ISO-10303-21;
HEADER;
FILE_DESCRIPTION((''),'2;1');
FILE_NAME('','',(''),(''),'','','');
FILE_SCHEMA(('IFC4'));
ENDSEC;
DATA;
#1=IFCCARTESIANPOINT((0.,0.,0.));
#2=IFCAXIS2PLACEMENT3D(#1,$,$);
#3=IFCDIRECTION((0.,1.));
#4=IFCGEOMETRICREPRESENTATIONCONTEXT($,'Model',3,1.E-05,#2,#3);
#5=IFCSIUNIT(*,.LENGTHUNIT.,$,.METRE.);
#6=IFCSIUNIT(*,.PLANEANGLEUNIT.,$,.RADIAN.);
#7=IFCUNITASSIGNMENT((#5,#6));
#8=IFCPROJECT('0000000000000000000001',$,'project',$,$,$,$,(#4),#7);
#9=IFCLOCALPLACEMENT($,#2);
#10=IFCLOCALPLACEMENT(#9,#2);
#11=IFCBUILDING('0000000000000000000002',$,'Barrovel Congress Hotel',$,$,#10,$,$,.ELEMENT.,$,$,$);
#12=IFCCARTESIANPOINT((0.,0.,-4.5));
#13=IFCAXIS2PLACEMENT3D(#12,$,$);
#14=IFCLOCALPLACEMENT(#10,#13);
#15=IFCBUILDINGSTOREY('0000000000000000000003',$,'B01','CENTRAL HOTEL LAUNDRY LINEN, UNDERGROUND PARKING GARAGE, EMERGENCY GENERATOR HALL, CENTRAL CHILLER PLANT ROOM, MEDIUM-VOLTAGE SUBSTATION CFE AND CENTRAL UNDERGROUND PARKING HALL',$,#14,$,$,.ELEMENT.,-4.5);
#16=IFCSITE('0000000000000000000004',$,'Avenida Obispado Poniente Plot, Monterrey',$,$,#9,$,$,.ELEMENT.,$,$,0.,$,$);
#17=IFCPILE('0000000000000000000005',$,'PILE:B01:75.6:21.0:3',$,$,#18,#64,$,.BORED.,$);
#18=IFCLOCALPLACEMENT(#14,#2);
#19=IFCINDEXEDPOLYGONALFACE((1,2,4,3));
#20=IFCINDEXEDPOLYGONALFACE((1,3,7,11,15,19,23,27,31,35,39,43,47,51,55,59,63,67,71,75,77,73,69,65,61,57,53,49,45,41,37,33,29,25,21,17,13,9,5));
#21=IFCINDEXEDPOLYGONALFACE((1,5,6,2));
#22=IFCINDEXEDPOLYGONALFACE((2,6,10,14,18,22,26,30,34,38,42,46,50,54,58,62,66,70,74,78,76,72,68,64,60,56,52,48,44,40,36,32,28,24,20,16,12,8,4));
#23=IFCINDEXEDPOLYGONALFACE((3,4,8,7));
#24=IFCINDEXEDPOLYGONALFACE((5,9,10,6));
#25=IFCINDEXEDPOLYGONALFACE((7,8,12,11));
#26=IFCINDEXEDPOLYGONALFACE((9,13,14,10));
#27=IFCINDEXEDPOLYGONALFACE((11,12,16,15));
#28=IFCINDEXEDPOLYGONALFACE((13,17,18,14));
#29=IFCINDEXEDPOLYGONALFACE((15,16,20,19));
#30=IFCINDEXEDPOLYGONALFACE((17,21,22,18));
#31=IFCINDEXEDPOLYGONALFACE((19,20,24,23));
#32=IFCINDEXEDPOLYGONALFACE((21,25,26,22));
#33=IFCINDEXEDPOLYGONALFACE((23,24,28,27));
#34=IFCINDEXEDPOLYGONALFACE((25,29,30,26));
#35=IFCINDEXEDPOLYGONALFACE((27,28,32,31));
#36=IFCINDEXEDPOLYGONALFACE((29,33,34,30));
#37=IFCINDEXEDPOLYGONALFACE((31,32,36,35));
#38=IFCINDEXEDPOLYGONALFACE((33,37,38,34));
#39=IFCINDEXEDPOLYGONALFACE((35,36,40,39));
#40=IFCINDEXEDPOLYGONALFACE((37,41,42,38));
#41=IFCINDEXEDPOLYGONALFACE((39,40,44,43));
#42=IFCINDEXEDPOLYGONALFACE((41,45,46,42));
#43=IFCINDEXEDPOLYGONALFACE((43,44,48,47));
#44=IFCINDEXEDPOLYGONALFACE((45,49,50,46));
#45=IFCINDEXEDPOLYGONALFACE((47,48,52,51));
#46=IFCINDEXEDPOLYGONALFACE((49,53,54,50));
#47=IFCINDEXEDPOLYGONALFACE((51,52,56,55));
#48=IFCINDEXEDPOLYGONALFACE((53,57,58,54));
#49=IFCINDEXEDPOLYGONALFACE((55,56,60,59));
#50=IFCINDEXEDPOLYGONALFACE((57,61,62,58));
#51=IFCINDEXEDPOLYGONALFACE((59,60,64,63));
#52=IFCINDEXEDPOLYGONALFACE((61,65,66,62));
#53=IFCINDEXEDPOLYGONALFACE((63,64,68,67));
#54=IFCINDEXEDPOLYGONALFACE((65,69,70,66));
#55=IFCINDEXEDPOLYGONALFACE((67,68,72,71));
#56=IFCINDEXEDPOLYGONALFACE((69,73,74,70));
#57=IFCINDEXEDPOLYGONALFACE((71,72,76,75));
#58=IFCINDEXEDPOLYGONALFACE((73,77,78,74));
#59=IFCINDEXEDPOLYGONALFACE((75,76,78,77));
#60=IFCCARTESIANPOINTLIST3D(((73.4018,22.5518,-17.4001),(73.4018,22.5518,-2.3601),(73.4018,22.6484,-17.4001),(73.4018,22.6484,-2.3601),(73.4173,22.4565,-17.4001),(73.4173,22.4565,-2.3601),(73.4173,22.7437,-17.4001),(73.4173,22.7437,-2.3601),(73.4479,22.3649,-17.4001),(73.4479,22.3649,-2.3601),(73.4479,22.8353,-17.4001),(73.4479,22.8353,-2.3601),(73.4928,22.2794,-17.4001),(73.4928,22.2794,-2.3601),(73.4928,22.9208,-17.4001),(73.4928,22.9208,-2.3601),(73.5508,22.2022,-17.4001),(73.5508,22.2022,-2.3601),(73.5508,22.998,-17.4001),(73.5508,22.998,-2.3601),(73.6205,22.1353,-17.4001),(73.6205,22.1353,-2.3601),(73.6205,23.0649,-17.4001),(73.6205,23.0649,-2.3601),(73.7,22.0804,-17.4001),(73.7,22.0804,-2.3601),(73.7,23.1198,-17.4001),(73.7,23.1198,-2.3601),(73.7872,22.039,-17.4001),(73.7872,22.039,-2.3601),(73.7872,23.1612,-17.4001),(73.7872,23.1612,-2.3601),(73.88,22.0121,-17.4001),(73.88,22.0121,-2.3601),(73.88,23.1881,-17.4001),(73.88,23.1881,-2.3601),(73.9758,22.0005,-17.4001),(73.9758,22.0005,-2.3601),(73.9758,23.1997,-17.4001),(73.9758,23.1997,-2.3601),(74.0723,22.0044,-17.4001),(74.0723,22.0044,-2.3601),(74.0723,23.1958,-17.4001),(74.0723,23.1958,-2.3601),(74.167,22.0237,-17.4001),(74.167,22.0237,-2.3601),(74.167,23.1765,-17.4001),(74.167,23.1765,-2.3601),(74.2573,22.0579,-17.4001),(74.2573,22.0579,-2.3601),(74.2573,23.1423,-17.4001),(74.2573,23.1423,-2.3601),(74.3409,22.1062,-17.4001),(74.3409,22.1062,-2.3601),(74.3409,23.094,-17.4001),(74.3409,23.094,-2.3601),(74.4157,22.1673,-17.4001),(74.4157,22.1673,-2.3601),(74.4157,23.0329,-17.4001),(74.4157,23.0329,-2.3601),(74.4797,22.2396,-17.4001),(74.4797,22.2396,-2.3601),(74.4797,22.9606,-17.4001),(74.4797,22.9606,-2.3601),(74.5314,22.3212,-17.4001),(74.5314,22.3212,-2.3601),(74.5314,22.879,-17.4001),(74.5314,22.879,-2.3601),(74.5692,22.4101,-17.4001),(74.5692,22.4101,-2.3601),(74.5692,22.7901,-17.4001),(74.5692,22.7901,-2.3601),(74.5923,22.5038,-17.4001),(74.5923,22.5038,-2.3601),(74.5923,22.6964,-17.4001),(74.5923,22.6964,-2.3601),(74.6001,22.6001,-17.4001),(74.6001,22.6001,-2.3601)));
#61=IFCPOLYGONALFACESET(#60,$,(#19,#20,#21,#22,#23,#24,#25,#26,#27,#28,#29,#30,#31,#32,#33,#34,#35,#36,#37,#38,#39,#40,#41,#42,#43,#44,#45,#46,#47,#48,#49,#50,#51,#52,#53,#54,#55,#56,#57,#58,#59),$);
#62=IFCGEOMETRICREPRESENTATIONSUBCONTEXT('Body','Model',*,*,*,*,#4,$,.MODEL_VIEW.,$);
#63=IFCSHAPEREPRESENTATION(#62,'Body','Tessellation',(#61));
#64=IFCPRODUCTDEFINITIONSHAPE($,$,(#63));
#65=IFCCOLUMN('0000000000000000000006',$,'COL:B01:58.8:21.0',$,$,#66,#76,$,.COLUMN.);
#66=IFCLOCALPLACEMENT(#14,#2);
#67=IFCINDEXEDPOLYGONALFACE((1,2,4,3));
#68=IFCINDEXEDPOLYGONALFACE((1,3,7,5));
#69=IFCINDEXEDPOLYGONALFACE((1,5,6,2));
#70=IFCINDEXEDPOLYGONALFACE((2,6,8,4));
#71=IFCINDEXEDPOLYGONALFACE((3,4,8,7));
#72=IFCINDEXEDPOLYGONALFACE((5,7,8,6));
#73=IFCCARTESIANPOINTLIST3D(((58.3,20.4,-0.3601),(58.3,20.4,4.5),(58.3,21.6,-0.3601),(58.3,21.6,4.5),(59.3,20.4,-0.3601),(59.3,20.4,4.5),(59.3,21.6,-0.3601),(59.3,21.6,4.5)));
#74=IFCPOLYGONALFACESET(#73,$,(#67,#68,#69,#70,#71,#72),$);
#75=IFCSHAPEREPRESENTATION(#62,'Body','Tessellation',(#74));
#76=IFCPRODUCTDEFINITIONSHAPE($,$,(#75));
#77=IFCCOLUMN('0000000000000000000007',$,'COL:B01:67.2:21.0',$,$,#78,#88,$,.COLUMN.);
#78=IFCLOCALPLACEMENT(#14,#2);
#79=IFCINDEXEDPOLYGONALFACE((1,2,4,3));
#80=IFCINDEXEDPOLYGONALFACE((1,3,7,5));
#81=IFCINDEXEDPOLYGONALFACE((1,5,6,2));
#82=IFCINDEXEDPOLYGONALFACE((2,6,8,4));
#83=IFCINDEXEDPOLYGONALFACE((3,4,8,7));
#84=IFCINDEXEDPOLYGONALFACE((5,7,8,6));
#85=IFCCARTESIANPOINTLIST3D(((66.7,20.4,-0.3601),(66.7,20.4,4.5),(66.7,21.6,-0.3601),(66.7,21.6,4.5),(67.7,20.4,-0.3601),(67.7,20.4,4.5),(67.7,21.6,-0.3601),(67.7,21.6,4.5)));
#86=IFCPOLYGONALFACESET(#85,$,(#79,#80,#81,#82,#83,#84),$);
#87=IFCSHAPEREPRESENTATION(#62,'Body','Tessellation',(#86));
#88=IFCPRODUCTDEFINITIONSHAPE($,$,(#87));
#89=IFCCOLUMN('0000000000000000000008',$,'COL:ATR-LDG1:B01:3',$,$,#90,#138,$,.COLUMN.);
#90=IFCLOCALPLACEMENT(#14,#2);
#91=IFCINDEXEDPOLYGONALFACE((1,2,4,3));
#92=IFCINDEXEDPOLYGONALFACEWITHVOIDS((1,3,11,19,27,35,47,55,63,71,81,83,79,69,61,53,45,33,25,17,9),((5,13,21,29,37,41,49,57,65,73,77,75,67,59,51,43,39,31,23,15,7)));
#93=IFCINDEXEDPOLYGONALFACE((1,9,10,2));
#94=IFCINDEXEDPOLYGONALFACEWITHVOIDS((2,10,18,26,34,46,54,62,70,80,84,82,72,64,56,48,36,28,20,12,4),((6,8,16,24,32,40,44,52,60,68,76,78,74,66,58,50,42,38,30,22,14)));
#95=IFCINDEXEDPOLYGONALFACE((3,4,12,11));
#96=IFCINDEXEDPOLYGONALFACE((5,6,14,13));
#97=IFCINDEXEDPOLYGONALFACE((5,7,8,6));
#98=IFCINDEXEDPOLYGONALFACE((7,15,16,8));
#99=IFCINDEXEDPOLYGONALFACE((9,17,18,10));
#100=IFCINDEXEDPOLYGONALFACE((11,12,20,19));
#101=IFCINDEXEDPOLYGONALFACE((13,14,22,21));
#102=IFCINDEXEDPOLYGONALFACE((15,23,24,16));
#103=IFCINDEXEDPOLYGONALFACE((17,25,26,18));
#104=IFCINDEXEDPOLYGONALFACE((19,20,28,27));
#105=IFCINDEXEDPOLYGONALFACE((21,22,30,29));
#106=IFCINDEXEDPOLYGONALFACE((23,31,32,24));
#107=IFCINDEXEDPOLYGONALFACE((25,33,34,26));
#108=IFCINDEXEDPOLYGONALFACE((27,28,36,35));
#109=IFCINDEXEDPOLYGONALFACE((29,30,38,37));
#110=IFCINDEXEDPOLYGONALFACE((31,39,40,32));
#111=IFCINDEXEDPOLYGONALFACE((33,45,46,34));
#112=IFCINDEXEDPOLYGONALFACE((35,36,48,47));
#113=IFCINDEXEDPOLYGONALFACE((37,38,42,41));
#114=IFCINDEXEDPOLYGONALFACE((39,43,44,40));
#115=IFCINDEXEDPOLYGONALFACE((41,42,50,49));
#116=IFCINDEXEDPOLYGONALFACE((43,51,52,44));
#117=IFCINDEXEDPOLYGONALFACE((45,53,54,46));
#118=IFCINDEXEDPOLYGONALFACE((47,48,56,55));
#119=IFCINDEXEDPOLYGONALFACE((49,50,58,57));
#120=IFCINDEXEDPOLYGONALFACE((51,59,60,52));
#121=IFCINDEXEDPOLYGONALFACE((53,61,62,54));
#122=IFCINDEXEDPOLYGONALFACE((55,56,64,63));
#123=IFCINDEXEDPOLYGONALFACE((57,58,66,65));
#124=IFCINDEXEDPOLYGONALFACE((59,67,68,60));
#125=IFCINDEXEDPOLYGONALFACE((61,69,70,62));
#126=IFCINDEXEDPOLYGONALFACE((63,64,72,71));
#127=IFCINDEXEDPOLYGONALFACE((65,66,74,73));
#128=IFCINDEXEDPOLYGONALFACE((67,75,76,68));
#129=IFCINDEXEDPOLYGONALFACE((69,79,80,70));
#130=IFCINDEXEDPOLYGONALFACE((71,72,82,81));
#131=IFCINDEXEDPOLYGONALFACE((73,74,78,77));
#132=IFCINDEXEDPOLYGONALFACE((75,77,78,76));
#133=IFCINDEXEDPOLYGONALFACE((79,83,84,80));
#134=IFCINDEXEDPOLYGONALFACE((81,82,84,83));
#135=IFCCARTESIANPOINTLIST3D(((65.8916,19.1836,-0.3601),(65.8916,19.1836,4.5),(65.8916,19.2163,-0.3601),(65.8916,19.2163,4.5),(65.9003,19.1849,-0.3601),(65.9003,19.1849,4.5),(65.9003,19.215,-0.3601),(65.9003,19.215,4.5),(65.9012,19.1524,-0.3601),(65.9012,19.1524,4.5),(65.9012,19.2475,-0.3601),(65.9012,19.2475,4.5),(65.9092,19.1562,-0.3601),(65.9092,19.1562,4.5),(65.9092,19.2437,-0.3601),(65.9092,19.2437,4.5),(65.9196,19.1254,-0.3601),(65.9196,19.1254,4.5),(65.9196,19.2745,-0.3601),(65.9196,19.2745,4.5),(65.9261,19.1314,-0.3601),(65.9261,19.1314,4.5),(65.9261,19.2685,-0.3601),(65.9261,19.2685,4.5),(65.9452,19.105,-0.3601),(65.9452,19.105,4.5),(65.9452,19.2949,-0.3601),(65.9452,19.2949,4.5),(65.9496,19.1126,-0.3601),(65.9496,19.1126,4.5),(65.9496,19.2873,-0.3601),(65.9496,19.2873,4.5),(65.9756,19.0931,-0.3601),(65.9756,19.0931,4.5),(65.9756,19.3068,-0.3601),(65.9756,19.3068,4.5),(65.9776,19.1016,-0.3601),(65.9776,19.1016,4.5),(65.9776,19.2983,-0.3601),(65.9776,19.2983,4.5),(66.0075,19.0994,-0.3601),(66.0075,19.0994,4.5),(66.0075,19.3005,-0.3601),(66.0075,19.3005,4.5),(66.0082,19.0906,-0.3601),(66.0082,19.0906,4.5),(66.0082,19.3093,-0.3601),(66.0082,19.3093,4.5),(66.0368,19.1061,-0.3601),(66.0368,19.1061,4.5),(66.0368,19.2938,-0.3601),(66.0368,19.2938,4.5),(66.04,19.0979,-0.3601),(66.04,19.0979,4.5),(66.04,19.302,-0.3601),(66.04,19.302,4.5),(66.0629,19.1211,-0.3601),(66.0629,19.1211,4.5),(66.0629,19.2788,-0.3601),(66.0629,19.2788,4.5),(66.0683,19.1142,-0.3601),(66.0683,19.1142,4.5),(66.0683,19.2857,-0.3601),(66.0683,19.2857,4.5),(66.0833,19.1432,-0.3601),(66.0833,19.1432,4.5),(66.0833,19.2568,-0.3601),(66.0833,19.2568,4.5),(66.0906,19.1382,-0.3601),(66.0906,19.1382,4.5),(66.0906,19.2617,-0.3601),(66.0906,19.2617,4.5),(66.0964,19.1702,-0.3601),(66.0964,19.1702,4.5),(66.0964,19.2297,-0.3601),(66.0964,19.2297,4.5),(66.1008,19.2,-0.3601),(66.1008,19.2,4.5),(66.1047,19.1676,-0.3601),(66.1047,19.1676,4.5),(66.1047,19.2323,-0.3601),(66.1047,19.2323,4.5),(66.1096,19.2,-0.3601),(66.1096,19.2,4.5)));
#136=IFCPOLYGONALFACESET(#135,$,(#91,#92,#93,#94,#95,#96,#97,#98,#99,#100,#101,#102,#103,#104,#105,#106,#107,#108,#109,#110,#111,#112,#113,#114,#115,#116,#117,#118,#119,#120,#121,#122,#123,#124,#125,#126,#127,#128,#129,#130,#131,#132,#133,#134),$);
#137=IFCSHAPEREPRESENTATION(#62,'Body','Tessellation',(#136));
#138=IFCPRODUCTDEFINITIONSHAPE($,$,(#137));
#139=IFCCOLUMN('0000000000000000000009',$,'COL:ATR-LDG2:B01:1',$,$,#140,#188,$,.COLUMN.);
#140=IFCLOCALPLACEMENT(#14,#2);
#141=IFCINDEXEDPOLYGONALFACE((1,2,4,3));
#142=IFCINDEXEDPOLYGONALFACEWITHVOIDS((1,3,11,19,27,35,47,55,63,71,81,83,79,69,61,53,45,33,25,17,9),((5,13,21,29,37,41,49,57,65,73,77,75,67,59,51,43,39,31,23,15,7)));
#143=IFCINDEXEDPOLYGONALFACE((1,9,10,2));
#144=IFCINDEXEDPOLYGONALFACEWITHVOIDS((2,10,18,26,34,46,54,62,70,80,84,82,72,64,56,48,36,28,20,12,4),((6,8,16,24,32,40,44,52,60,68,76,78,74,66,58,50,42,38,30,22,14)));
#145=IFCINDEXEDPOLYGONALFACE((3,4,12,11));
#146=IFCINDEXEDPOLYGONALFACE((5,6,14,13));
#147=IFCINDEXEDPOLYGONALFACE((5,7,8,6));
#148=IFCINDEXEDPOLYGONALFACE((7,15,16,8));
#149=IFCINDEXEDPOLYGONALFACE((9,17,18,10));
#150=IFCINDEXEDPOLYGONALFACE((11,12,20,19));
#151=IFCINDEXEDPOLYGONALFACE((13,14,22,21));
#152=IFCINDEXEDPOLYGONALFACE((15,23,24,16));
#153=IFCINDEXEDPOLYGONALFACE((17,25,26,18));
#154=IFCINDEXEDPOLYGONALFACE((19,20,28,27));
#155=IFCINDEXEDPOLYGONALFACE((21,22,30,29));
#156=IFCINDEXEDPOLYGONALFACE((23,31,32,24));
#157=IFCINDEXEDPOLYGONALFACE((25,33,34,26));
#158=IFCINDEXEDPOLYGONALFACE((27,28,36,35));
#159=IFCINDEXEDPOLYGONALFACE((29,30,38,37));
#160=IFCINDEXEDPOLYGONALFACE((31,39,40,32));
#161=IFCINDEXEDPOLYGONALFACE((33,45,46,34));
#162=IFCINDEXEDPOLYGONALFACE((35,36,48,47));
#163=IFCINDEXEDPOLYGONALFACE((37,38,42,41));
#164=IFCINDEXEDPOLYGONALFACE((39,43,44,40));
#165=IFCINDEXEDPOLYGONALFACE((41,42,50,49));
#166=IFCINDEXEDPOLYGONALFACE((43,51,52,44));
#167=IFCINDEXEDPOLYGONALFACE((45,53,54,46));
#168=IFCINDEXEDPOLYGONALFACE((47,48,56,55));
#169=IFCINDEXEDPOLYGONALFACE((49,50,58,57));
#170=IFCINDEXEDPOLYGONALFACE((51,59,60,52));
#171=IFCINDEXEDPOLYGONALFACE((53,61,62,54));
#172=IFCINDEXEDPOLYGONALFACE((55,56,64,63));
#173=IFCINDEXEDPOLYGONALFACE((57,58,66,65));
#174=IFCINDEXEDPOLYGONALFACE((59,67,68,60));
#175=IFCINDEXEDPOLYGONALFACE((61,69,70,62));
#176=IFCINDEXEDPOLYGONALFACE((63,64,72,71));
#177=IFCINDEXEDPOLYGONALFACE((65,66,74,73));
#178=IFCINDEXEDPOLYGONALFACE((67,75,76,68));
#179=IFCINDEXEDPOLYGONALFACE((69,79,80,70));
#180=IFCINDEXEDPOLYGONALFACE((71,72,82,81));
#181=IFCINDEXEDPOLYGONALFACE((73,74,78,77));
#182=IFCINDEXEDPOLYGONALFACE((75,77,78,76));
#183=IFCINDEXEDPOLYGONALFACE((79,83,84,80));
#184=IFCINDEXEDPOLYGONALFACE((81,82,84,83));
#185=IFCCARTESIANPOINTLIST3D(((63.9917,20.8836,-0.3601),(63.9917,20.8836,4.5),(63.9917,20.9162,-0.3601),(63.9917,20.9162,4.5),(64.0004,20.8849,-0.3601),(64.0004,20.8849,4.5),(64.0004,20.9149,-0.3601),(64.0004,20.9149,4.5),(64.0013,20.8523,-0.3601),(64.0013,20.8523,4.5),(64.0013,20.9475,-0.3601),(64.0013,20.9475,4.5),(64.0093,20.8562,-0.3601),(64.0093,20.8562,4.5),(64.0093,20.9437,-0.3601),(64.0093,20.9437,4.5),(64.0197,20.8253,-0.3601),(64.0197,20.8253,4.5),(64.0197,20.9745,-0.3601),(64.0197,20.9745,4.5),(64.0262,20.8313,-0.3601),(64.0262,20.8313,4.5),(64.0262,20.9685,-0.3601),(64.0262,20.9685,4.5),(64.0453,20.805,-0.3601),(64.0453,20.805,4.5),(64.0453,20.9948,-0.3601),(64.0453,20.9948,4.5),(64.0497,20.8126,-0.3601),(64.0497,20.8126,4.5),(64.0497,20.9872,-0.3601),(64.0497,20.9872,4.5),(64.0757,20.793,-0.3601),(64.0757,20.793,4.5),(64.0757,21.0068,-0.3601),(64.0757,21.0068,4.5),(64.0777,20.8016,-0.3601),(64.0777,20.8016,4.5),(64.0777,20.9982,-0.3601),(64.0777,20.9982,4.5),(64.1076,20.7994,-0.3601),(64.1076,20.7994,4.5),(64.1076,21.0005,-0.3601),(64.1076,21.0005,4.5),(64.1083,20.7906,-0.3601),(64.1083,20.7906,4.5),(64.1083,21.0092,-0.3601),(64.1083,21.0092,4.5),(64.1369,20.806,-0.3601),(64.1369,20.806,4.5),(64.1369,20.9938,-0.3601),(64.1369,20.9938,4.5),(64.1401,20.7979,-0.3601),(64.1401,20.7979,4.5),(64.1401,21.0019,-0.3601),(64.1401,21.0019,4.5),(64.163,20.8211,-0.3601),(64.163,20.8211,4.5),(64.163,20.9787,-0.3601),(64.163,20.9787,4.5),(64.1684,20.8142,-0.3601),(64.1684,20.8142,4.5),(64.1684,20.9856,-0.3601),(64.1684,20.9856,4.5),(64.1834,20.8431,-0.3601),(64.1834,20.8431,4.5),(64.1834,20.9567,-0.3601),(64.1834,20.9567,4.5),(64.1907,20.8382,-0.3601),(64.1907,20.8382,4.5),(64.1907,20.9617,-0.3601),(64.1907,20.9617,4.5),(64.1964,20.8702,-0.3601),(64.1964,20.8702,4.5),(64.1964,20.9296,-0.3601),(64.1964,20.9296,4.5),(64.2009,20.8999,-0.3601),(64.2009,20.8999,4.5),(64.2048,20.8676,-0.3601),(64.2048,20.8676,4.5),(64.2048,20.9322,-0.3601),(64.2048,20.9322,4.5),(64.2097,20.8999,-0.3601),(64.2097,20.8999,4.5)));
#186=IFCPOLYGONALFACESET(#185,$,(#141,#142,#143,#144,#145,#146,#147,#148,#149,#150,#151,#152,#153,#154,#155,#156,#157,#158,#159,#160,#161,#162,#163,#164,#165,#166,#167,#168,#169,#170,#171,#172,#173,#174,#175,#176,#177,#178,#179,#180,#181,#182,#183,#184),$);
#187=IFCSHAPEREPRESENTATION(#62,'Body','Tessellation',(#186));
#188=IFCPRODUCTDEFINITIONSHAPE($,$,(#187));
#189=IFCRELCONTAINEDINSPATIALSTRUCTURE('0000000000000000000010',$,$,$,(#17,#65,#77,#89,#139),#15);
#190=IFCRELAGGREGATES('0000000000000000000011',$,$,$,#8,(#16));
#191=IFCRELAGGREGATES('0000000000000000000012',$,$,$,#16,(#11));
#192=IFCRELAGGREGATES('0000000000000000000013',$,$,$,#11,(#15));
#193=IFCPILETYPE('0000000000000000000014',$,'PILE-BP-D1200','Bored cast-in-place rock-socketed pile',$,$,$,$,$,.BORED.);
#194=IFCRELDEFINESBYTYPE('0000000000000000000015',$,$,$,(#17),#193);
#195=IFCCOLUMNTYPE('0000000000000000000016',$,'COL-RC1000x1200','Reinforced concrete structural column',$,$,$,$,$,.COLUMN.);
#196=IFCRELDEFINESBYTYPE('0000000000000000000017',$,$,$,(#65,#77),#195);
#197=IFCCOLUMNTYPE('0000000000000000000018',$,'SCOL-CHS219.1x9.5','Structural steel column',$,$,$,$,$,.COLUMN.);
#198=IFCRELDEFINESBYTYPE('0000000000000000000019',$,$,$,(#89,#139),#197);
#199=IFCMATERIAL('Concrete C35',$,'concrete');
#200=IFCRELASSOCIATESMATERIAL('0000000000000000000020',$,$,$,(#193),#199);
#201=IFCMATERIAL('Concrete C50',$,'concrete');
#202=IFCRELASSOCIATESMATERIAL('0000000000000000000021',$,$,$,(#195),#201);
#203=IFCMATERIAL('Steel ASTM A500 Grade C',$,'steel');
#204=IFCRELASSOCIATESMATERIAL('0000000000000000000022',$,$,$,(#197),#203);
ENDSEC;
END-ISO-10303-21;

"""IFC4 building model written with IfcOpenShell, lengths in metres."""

from ifc_helpers import new_model, si_unit, direction, frame, origin, origin_2d, place, context, subcontext, project, spatial, rectangle, circle, hollow_circle, extrude, material, material_profile, profile_set, type_object, element, save


model = new_model("IFC4")

# Units and contexts
model_context = context("Model", 3, precision=1e-05, world=origin(), true_north=direction((0.0, 1.0)))
body_context = subcontext(model_context, "Body", "Model", "MODEL_VIEW")
ifc_project = project(units=[si_unit("LENGTHUNIT", "METRE"), si_unit("PLANEANGLEUNIT", "RADIAN")], contexts=[model_context])

# Site, building, storey
site_placement = place(None, origin())
site = spatial("IfcSite", under=ifc_project, at=site_placement, Name="Avenida Obispado Poniente Plot, Monterrey", CompositionType="ELEMENT", RefElevation=0.0)
building_placement = place(site_placement, origin())
building = spatial("IfcBuilding", under=site, at=building_placement, Name="Barrovel Congress Hotel", CompositionType="ELEMENT")
storey_placement = place(building_placement, frame((0.0, 0.0, -4.5)))
storey = spatial("IfcBuildingStorey", under=building, at=storey_placement, Name="B01", Description="CENTRAL HOTEL LAUNDRY LINEN, UNDERGROUND PARKING GARAGE, EMERGENCY GENERATOR HALL, CENTRAL CHILLER PLANT ROOM, MEDIUM-VOLTAGE SUBSTATION CFE AND CENTRAL UNDERGROUND PARKING HALL", CompositionType="ELEMENT", Elevation=-4.5)

# Pile
ifc_material_1 = material(Name="Concrete C35", Category="concrete")
ifc_material_profile_1 = material_profile(ifc_material_1, circle(Radius=0.6001, at=origin_2d()), Name="BP-D1200")
ifc_profile_set_1 = profile_set([ifc_material_profile_1], Name="Concrete C35")
pile_type = type_object("IfcPileType", Name="PILE-BP-D1200", Description="Bored cast-in-place rock-socketed pile", PredefinedType="BORED", material=ifc_profile_set_1)
for number, where, z_axis, x_axis, name in (
    (1, (74.0, 22.6001, -2.3601), (0.0, 0.0, -1.0), (1.0, 0.0, 0.0), "PILE:B01:75.6:21.0:3"),
):
    element("IfcPile", number, at=place(storey_placement, frame(where, z_axis=z_axis, x_axis=x_axis)), inside=storey, type_object=pile_type, Name=name, PredefinedType="BORED", context=body_context, shape_type="SweptSolid", body=[
        extrude(circle(Radius=0.6001, at=origin_2d()), origin(), (0.0, 0.0, 1.0), 15.04),
    ])

# Columns
ifc_material_2 = material(Name="Concrete C50", Category="concrete")
ifc_material_profile_2 = material_profile(ifc_material_2, rectangle(XDim=1.0, YDim=1.2, at=origin_2d()), Name="RC1000x1200")
ifc_profile_set_2 = profile_set([ifc_material_profile_2], Name="Concrete C50")
column_type_1 = type_object("IfcColumnType", Name="COL-RC1000x1200", Description="Reinforced concrete structural column", PredefinedType="COLUMN", material=ifc_profile_set_2)
for number, where, z_axis, x_axis, name in (
    (2, (58.8, 21.0, -0.3601), (0.0, 0.0, 1.0), (1.0, 0.0, 0.0), "COL:B01:58.8:21.0"),
    (3, (67.2, 21.0, -0.3601), (0.0, 0.0, 1.0), (1.0, 0.0, 0.0), "COL:B01:67.2:21.0"),
):
    element("IfcColumn", number, at=place(storey_placement, frame(where, z_axis=z_axis, x_axis=x_axis)), inside=storey, type_object=column_type_1, Name=name, PredefinedType="COLUMN", context=body_context, shape_type="SweptSolid", body=[
        extrude(rectangle(XDim=1.0, YDim=1.2, at=origin_2d()), origin(), (0.0, 0.0, 1.0), 4.8601),
    ])
ifc_material_3 = material(Name="Steel ASTM A500 Grade C", Category="steel")
ifc_material_profile_3 = material_profile(ifc_material_3, hollow_circle(Radius=0.1096, WallThickness=0.0088, at=origin_2d()), Name="CHS219.1x9.5")
ifc_profile_set_3 = profile_set([ifc_material_profile_3], Name="Steel ASTM A500 Grade C")
column_type_2 = type_object("IfcColumnType", Name="SCOL-CHS219.1x9.5", Description="Structural steel column", PredefinedType="COLUMN", material=ifc_profile_set_3)
for number, where, z_axis, x_axis, name in (
    (4, (66.0, 19.2, -0.3601), (0.0, 0.0, 1.0), (1.0, 0.0, 0.0), "COL:ATR-LDG1:B01:3"),
    (5, (64.1001, 20.8999, -0.3601), (0.0, 0.0, 1.0), (1.0, 0.0, 0.0), "COL:ATR-LDG2:B01:1"),
):
    element("IfcColumn", number, at=place(storey_placement, frame(where, z_axis=z_axis, x_axis=x_axis)), inside=storey, type_object=column_type_2, Name=name, PredefinedType="COLUMN", context=body_context, shape_type="SweptSolid", body=[
        extrude(hollow_circle(Radius=0.1096, WallThickness=0.0088, at=origin_2d()), origin(), (0.0, 0.0, 1.0), 4.8601),
    ])

save(model, "model.ifc")
